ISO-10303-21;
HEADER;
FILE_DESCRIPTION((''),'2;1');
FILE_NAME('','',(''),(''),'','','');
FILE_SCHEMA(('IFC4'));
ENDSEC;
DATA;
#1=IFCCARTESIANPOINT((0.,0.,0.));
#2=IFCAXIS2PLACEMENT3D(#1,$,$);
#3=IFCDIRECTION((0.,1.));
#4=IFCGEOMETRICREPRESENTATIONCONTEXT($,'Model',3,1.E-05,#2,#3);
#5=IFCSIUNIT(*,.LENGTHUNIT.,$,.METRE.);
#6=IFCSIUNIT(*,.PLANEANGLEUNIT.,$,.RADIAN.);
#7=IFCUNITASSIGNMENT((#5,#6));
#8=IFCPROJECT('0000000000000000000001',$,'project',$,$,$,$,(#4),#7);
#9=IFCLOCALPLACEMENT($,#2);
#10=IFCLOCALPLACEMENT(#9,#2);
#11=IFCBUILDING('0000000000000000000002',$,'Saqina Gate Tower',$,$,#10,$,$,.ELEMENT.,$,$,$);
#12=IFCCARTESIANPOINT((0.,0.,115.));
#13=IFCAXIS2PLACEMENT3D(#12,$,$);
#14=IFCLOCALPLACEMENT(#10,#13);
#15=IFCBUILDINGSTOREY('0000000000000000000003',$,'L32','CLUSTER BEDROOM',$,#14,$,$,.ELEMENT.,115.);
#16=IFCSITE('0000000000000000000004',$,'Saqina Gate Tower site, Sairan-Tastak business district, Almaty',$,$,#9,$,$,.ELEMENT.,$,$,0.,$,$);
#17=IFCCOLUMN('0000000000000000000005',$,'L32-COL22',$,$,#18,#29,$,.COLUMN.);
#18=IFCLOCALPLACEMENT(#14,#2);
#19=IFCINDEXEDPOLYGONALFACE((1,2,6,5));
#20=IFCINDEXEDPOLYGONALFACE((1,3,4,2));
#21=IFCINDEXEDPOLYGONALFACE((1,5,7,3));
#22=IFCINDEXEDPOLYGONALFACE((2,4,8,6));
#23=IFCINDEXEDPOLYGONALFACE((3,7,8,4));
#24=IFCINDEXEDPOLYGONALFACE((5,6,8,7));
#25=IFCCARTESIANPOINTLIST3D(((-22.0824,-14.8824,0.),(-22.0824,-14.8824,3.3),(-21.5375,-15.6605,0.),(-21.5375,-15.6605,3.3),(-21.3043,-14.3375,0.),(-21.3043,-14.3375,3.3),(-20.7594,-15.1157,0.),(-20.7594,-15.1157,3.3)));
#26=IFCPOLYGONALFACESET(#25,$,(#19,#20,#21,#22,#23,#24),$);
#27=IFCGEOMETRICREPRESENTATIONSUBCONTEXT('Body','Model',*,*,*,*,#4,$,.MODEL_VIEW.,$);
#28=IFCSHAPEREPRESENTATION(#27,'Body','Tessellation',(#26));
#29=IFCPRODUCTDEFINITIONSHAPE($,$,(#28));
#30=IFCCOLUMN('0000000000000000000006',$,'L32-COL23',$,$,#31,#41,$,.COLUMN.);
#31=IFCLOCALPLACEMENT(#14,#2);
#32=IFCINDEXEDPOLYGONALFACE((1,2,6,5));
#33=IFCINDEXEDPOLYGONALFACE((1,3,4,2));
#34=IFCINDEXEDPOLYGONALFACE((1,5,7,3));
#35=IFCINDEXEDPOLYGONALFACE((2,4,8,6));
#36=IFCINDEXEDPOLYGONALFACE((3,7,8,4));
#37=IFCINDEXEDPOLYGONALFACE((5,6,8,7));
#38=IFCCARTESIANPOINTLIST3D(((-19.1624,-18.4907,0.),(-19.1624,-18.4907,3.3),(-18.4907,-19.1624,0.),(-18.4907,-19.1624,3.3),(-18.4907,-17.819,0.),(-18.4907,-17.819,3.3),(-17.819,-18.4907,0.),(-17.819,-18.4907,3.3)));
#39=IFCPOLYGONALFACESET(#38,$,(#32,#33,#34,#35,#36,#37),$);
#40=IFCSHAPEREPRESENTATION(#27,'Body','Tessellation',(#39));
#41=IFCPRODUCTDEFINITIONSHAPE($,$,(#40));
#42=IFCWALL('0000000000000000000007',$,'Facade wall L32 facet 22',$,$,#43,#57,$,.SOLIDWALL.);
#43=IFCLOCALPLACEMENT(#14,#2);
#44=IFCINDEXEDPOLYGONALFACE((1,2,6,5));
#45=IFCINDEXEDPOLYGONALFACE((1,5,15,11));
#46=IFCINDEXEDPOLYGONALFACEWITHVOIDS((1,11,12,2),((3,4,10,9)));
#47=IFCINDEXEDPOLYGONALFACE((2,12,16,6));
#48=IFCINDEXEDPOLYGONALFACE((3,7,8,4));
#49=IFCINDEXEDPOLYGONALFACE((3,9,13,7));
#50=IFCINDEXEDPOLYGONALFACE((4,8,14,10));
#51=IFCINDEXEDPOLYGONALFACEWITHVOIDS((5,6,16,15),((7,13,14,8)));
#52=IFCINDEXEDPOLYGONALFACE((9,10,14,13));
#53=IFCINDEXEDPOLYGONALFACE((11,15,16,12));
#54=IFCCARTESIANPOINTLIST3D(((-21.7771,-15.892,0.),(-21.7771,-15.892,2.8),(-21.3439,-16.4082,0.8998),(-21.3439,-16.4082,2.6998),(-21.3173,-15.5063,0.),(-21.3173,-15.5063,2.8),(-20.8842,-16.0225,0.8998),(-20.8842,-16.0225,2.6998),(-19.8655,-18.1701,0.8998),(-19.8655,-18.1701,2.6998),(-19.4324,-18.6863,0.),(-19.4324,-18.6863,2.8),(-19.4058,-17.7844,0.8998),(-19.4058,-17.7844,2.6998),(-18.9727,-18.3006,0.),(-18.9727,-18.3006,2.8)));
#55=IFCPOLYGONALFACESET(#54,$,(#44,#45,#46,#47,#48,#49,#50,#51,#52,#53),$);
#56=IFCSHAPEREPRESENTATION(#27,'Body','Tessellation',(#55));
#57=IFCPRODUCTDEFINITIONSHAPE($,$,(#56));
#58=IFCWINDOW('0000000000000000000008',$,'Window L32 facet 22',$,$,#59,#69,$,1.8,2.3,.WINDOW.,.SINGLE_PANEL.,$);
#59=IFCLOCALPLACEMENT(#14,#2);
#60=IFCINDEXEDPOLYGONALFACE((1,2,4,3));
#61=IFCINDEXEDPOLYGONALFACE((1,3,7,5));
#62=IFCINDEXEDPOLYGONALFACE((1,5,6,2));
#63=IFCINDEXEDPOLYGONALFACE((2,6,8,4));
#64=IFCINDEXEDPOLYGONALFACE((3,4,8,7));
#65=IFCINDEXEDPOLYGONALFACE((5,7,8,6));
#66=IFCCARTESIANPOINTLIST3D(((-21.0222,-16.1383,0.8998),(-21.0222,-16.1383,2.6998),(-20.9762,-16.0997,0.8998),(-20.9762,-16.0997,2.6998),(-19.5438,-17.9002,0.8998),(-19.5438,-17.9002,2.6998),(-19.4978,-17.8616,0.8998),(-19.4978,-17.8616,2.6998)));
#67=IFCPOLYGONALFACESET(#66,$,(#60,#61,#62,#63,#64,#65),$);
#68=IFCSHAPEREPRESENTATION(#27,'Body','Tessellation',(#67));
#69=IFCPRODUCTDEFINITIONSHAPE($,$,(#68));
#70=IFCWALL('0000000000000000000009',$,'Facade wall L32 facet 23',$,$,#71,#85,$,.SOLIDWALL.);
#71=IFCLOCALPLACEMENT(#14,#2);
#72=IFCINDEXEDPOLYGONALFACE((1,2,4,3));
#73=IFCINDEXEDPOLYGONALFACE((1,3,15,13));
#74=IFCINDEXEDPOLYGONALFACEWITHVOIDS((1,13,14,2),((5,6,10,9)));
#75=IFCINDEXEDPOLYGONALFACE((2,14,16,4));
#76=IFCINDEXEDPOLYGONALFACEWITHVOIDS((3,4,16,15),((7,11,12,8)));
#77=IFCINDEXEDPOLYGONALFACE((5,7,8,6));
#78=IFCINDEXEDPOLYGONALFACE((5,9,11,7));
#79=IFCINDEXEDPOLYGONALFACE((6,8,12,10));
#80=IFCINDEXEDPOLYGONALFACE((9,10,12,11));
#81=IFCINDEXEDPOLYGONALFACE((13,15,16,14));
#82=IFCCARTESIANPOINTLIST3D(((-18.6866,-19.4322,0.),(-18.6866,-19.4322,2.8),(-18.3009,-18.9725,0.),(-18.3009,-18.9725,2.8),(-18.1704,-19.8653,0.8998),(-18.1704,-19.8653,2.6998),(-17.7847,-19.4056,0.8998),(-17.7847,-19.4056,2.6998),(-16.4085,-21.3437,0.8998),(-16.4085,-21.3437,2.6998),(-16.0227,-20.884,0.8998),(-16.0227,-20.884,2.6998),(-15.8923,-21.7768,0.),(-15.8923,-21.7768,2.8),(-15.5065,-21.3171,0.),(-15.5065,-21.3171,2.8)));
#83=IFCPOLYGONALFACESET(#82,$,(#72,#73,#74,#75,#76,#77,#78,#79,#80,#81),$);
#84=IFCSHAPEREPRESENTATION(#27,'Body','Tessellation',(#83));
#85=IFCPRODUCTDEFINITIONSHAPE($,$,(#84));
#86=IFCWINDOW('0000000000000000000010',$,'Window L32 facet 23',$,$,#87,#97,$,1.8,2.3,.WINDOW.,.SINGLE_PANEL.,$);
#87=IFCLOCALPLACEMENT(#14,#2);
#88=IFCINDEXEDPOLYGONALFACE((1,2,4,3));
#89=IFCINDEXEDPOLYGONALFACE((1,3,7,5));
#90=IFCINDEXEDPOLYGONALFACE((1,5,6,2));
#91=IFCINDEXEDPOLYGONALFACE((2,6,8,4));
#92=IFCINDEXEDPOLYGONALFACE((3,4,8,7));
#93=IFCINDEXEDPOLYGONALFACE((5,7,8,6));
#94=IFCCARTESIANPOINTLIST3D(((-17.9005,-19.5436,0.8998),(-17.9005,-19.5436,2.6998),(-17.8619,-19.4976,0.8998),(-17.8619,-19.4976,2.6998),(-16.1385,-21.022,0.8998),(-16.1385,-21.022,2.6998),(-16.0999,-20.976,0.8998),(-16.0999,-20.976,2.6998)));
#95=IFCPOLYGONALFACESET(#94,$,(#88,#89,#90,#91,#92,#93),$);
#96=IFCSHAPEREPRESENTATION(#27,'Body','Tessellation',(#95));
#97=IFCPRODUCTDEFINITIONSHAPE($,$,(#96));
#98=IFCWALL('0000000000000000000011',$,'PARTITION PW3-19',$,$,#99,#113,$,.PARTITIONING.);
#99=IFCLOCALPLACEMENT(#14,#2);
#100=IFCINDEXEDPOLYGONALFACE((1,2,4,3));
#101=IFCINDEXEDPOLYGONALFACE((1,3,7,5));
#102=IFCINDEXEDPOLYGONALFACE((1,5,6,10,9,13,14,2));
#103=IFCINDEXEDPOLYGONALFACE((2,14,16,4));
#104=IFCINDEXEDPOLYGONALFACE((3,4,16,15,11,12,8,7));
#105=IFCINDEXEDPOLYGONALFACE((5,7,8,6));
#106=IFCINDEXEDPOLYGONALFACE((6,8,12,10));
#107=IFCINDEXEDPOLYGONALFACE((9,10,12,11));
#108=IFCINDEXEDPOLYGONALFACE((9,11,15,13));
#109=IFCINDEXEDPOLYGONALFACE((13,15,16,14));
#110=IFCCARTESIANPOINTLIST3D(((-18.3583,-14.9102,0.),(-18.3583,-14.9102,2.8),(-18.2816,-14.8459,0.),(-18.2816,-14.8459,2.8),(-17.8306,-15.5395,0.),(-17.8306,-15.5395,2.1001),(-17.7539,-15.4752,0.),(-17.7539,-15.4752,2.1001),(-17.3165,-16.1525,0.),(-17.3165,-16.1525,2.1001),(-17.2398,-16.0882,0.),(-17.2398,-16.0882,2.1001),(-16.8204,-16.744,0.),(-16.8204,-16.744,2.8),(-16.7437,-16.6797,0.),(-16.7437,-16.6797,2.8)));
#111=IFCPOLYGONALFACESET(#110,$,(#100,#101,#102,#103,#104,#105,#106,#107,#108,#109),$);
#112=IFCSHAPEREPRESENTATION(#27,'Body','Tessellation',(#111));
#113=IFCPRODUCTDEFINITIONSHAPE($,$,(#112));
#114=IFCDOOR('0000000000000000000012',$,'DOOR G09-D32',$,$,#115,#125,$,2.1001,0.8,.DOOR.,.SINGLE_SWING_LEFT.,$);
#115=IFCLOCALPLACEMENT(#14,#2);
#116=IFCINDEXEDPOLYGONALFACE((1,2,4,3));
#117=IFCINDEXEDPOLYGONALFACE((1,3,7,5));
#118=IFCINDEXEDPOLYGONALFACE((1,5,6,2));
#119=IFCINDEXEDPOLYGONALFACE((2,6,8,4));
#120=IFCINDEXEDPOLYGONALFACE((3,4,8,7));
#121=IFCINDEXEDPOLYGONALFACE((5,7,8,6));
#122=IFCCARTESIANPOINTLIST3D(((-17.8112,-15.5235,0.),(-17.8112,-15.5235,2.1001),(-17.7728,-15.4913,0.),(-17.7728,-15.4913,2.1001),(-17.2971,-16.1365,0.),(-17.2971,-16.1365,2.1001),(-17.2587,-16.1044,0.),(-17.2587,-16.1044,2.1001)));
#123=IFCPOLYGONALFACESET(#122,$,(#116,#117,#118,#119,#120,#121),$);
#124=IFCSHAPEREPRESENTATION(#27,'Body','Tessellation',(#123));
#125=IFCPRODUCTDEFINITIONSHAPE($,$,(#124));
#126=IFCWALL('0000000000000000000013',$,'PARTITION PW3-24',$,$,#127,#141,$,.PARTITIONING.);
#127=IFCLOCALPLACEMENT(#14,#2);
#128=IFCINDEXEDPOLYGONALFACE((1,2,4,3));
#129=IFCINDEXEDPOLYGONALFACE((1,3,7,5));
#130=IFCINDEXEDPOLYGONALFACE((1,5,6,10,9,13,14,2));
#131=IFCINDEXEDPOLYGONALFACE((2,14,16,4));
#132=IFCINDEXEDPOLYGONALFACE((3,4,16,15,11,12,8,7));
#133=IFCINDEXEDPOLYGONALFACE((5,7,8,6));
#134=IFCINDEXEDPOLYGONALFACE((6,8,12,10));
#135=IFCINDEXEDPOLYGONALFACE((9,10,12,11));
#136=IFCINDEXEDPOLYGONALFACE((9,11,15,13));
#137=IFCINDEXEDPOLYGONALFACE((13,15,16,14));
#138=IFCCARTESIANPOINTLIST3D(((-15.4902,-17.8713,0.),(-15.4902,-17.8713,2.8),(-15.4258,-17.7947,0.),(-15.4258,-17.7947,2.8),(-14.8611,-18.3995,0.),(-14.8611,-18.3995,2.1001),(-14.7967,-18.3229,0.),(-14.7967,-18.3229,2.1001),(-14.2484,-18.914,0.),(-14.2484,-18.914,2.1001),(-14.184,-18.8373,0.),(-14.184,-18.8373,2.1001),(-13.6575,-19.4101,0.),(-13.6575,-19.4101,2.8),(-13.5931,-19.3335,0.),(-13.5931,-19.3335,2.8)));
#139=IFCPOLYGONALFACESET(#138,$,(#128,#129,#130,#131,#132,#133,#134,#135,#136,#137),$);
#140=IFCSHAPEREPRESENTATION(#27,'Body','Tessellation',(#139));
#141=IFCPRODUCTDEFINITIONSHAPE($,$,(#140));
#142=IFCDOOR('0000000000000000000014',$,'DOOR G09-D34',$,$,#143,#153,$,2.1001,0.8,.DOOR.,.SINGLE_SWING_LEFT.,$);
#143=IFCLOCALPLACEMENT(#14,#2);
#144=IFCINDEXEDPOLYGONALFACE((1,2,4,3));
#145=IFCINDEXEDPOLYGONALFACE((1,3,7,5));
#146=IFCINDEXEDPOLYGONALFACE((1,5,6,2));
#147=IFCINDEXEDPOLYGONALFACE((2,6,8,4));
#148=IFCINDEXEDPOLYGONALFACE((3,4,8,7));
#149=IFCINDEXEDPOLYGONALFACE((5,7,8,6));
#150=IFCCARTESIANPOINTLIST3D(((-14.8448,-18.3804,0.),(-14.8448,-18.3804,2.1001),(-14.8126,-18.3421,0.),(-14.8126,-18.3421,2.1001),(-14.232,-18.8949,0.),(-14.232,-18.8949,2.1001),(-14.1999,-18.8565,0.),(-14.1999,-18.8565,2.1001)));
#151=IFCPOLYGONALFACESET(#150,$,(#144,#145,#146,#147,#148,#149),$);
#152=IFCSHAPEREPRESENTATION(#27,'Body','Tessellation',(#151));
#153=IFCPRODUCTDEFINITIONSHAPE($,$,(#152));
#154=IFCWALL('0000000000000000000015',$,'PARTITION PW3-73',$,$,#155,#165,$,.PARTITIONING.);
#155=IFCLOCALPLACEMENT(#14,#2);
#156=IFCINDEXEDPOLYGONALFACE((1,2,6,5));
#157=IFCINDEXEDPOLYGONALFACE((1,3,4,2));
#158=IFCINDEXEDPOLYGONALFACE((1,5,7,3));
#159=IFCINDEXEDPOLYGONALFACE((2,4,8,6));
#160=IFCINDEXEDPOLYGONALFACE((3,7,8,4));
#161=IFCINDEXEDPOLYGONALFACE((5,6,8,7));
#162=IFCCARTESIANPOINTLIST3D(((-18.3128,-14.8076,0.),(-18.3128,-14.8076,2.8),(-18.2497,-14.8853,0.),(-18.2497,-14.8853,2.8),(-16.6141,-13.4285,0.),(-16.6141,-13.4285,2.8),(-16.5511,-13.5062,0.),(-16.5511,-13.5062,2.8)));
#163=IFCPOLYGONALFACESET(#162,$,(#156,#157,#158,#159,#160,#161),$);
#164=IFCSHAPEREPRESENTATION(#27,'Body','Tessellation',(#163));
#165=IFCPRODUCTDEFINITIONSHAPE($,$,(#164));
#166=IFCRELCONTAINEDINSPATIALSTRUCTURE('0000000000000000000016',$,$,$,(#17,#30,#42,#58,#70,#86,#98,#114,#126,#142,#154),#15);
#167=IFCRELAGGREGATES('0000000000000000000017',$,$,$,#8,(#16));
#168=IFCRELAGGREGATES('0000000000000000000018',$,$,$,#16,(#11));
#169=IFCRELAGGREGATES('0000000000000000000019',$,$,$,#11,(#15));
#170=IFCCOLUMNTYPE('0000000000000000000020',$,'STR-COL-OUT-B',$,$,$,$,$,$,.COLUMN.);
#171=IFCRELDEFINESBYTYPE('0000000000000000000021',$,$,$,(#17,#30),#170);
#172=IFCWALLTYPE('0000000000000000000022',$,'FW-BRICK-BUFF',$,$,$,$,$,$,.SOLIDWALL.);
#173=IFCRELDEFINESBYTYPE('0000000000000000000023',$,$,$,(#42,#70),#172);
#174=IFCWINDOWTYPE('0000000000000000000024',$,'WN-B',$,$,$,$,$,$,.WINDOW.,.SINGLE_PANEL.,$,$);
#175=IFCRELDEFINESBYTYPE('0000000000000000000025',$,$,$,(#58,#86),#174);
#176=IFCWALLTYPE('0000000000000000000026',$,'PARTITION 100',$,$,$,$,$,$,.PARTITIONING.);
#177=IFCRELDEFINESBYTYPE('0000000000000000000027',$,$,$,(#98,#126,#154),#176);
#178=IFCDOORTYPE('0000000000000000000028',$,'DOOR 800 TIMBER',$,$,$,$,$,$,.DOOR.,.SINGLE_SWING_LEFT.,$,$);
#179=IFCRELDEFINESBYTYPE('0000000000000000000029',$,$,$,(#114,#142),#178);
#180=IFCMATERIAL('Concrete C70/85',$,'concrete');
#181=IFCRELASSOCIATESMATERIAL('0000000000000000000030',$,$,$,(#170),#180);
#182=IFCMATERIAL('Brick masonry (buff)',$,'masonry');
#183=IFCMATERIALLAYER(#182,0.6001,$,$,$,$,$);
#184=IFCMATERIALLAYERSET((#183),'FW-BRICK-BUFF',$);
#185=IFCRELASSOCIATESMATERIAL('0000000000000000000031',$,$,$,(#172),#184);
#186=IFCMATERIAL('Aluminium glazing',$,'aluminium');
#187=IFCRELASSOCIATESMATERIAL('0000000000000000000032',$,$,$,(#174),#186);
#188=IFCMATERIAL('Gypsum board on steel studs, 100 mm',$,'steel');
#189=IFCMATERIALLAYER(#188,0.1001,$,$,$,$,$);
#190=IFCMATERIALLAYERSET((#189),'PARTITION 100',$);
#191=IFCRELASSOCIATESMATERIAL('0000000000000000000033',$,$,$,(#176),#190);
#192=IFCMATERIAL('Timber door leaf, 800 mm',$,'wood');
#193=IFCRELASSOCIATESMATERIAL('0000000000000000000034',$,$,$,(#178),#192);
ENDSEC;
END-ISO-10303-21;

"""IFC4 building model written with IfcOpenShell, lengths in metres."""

from ifc_helpers import new_model, si_unit, direction, frame, frame_2d, origin, origin_2d, place, context, subcontext, project, spatial, rectangle, extrude, material, layer, layer_set, material_profile, profile_set, type_object, element, fill, save


model = new_model("IFC4")

# Units and contexts
model_context = context("Model", 3, precision=1e-05, world=origin(), true_north=direction((0.0, 1.0)))
body_context = subcontext(model_context, "Body", "Model", "MODEL_VIEW")
ifc_project = project(units=[si_unit("LENGTHUNIT", "METRE"), si_unit("PLANEANGLEUNIT", "RADIAN")], contexts=[model_context])

# Site, building, storey
site_placement = place(None, origin())
site = spatial("IfcSite", under=ifc_project, at=site_placement, Name="Saqina Gate Tower site, Sairan-Tastak business district, Almaty", CompositionType="ELEMENT", RefElevation=0.0)
building_placement = place(site_placement, origin())
building = spatial("IfcBuilding", under=site, at=building_placement, Name="Saqina Gate Tower", CompositionType="ELEMENT")
storey_placement = place(building_placement, frame((0.0, 0.0, 115.0)))
storey = spatial("IfcBuildingStorey", under=building, at=storey_placement, Name="L32", Description="CLUSTER BEDROOM", CompositionType="ELEMENT", Elevation=115.0)

# Columns
ifc_material_1 = material(Name="Concrete C70/85", Category="concrete")
ifc_material_profile = material_profile(ifc_material_1, rectangle(XDim=0.95, YDim=0.95, at=origin_2d()), Name="RC 950x950")
ifc_profile_set = profile_set([ifc_material_profile], Name="Concrete C70/85")
column_type = type_object("IfcColumnType", Name="STR-COL-OUT-B", PredefinedType="COLUMN", material=ifc_profile_set)
for number, where, z_axis, x_axis, name in (
    (1, (-21.4209, -14.999, 0.0), (0.0, 0.0, 1.0), (-0.819152, -0.573576, 0.0), "L32-COL22"),
    (2, (-18.4907, -18.4907, 0.0), (0.0, 0.0, 1.0), (-0.707107, -0.707107, 0.0), "L32-COL23"),
):
    element("IfcColumn", number, at=place(storey_placement, frame(where, z_axis=z_axis, x_axis=x_axis)), inside=storey, type_object=column_type, Name=name, PredefinedType="COLUMN", context=body_context, shape_type="SweptSolid", body=[
        extrude(rectangle(XDim=0.95, YDim=0.95, at=origin_2d()), origin(), (0.0, 0.0, 1.0), 3.3),
    ])

# Walls, openings, windows
ifc_material_2 = material(Name="Brick masonry (buff)", Category="masonry")
ifc_layer_1 = layer(ifc_material_2, 0.6001)
ifc_layer_set_1 = layer_set([ifc_layer_1], Name="FW-BRICK-BUFF")
wall_type_1 = type_object("IfcWallType", Name="FW-BRICK-BUFF", PredefinedType="SOLIDWALL", material=ifc_layer_set_1)
wall_1_placement = place(storey_placement, frame((-21.5471, -15.6992, 0.0), z_axis=(0.0, 0.0, 1.0), x_axis=(0.642774, -0.766055, 0.0)))
wall_1 = element("IfcWall", 3, at=wall_1_placement, inside=storey, type_object=wall_type_1, Name="Facade wall L32 facet 22", PredefinedType="SOLIDWALL", context=body_context, shape_type="SweptSolid", body=[
    extrude(rectangle(XDim=3.6477, YDim=0.6001, at=frame_2d((1.8237, 0.0))), origin(), (0.0, 0.0, 1.0), 2.8),
])
opening_1_placement = place(wall_1_placement, frame((0.6738, 0.0, 0.8999)))
opening_1 = element("IfcOpeningElement", 4, at=opening_1_placement, cuts=wall_1, PredefinedType="OPENING", context=body_context, shape_type="SweptSolid", body=[
    extrude(rectangle(XDim=2.3, YDim=1.8, at=frame_2d((1.1499, 0.8999))), frame((0.0, 0.312, 0.0), z_axis=(0.0, -1.0, 0.0), x_axis=(1.0, 0.0, 0.0)), (0.0, 0.0, 1.0), 0.624),
])
ifc_material_3 = material(Name="Aluminium glazing", Category="aluminium")
window_type = type_object("IfcWindowType", Name="WN-B", PartitioningType="SINGLE_PANEL", PredefinedType="WINDOW", material=ifc_material_3)
window_1_placement = place(opening_1_placement, origin())
window_1 = element("IfcWindow", 5, at=window_1_placement, inside=storey, type_object=window_type, Name="Window L32 facet 22", OverallHeight=1.8, OverallWidth=2.3, PartitioningType="SINGLE_PANEL", PredefinedType="WINDOW", context=body_context, shape_type="SweptSolid", body=[
    extrude(rectangle(XDim=2.3, YDim=1.8, at=frame_2d((1.1499, 0.8999))), frame((0.0, 0.1799, 0.0), z_axis=(0.0, -1.0, 0.0), x_axis=(1.0, 0.0, 0.0)), (0.0, 0.0, 1.0), 0.0601),
])
fill(opening_1, window_1)
wall_2_placement = place(storey_placement, frame((-18.4937, -19.2024, 0.0), z_axis=(0.0, 0.0, 1.0), x_axis=(0.766055, -0.642774, 0.0)))
wall_2 = element("IfcWall", 6, at=wall_2_placement, inside=storey, type_object=wall_type_1, Name="Facade wall L32 facet 23", PredefinedType="SOLIDWALL", context=body_context, shape_type="SweptSolid", body=[
    extrude(rectangle(XDim=3.6477, YDim=0.6001, at=frame_2d((1.8237, 0.0))), origin(), (0.0, 0.0, 1.0), 2.8),
])
opening_2_placement = place(wall_2_placement, frame((0.6738, 0.0, 0.8999)))
opening_2 = element("IfcOpeningElement", 7, at=opening_2_placement, cuts=wall_2, PredefinedType="OPENING", context=body_context, shape_type="SweptSolid", body=[
    extrude(rectangle(XDim=2.3, YDim=1.8, at=frame_2d((1.1499, 0.8999))), frame((0.0, 0.312, 0.0), z_axis=(0.0, -1.0, 0.0), x_axis=(1.0, 0.0, 0.0)), (0.0, 0.0, 1.0), 0.624),
])
window_2_placement = place(opening_2_placement, origin())
window_2 = element("IfcWindow", 8, at=window_2_placement, inside=storey, type_object=window_type, Name="Window L32 facet 23", OverallHeight=1.8, OverallWidth=2.3, PartitioningType="SINGLE_PANEL", PredefinedType="WINDOW", context=body_context, shape_type="SweptSolid", body=[
    extrude(rectangle(XDim=2.3, YDim=1.8, at=frame_2d((1.1499, 0.8999))), frame((0.0, 0.1799, 0.0), z_axis=(0.0, -1.0, 0.0), x_axis=(1.0, 0.0, 0.0)), (0.0, 0.0, 1.0), 0.0601),
])
fill(opening_2, window_2)

# Walls, openings, doors
ifc_material_4 = material(Name="Gypsum board on steel studs, 100 mm", Category="steel")
ifc_layer_2 = layer(ifc_material_4, 0.1001)
ifc_layer_set_2 = layer_set([ifc_layer_2], Name="PARTITION 100")
wall_type_2 = type_object("IfcWallType", Name="PARTITION 100", PredefinedType="PARTITIONING", material=ifc_layer_set_2)
wall_3_placement = place(storey_placement, frame((-18.3201, -14.8779, 0.0), z_axis=(0.0, 0.0, 1.0), x_axis=(0.642579, -0.766219, 0.0)))
wall_3 = element("IfcWall", 9, at=wall_3_placement, inside=storey, type_object=wall_type_2, Name="PARTITION PW3-19", PredefinedType="PARTITIONING", context=body_context, shape_type="SweptSolid", body=[
    extrude(rectangle(XDim=2.3933, YDim=0.1001, at=frame_2d((1.1968, 0.0))), origin(), (0.0, 0.0, 1.0), 2.8),
])
opening_3_placement = place(wall_3_placement, frame((0.8215, 0.0, 0.0)))
opening_3 = element("IfcOpeningElement", 10, at=opening_3_placement, cuts=wall_3, PredefinedType="OPENING", context=body_context, shape_type="SweptSolid", body=[
    extrude(rectangle(XDim=0.8, YDim=2.1001, at=frame_2d((0.3999, 1.05))), frame((0.0, 0.062, 0.0), z_axis=(0.0, -1.0, 0.0), x_axis=(1.0, 0.0, 0.0)), (0.0, 0.0, 1.0), 0.124),
])
ifc_material_5 = material(Name="Timber door leaf, 800 mm", Category="wood")
door_type_1 = type_object("IfcDoorType", Name="DOOR 800 TIMBER", OperationType="SINGLE_SWING_LEFT", PredefinedType="DOOR", material=ifc_material_5)
door_1_placement = place(opening_3_placement, frame((0.8, 0.0, 0.0), z_axis=(0.0, 0.0, 1.0), x_axis=(-1.0, 0.0, 0.0)))
door_1 = element("IfcDoor", 11, at=door_1_placement, inside=storey, type_object=door_type_1, Name="DOOR G09-D32", OperationType="SINGLE_SWING_LEFT", OverallHeight=2.1001, OverallWidth=0.8, PredefinedType="DOOR", context=body_context, shape_type="SweptSolid", body=[
    extrude(rectangle(XDim=0.8, YDim=2.1001, at=frame_2d((0.3999, 1.05))), frame((0.0, 0.0249, 0.0), z_axis=(0.0, -1.0, 0.0), x_axis=(1.0, 0.0, 0.0)), (0.0, 0.0, 1.0), 0.05),
])
fill(opening_3, door_1)
wall_4_placement = place(storey_placement, frame((-15.458, -17.833, 0.0), z_axis=(0.0, 0.0, 1.0), x_axis=(0.76585, -0.64302, 0.0)))
wall_4 = element("IfcWall", 12, at=wall_4_placement, inside=storey, type_object=wall_type_2, Name="PARTITION PW3-24", PredefinedType="PARTITIONING", context=body_context, shape_type="SweptSolid", body=[
    extrude(rectangle(XDim=2.3931, YDim=0.1001, at=frame_2d((1.1965, 0.0))), origin(), (0.0, 0.0, 1.0), 2.8),
])
opening_4_placement = place(wall_4_placement, frame((0.8215, 0.0, 0.0)))
opening_4 = element("IfcOpeningElement", 13, at=opening_4_placement, cuts=wall_4, PredefinedType="OPENING", context=body_context, shape_type="SweptSolid", body=[
    extrude(rectangle(XDim=0.8, YDim=2.1001, at=frame_2d((0.3999, 1.05))), frame((0.0, 0.062, 0.0), z_axis=(0.0, -1.0, 0.0), x_axis=(1.0, 0.0, 0.0)), (0.0, 0.0, 1.0), 0.124),
])
door_2_placement = place(opening_4_placement, frame((0.8, 0.0, 0.0), z_axis=(0.0, 0.0, 1.0), x_axis=(-1.0, 0.0, 0.0)))
door_2 = element("IfcDoor", 14, at=door_2_placement, inside=storey, type_object=door_type_1, Name="DOOR G09-D34", OperationType="SINGLE_SWING_LEFT", OverallHeight=2.1001, OverallWidth=0.8, PredefinedType="DOOR", context=body_context, shape_type="SweptSolid", body=[
    extrude(rectangle(XDim=0.8, YDim=2.1001, at=frame_2d((0.3999, 1.05))), frame((0.0, 0.0249, 0.0), z_axis=(0.0, -1.0, 0.0), x_axis=(1.0, 0.0, 0.0)), (0.0, 0.0, 1.0), 0.05),
])
fill(opening_4, door_2)

# Wall
wall_5_placement = place(storey_placement, frame((-18.2812, -14.8464, 0.0), z_axis=(0.0, 0.0, 1.0), x_axis=(0.776353, 0.630299, 0.0)))
element("IfcWall", 15, at=wall_5_placement, inside=storey, type_object=wall_type_2, Name="PARTITION PW3-73", PredefinedType="PARTITIONING", context=body_context, shape_type="SweptSolid", body=[
    extrude(rectangle(XDim=2.188, YDim=0.1001, at=frame_2d((1.094, 0.0))), origin(), (0.0, 0.0, 1.0), 2.8),
])

save(model, "model.ifc")
